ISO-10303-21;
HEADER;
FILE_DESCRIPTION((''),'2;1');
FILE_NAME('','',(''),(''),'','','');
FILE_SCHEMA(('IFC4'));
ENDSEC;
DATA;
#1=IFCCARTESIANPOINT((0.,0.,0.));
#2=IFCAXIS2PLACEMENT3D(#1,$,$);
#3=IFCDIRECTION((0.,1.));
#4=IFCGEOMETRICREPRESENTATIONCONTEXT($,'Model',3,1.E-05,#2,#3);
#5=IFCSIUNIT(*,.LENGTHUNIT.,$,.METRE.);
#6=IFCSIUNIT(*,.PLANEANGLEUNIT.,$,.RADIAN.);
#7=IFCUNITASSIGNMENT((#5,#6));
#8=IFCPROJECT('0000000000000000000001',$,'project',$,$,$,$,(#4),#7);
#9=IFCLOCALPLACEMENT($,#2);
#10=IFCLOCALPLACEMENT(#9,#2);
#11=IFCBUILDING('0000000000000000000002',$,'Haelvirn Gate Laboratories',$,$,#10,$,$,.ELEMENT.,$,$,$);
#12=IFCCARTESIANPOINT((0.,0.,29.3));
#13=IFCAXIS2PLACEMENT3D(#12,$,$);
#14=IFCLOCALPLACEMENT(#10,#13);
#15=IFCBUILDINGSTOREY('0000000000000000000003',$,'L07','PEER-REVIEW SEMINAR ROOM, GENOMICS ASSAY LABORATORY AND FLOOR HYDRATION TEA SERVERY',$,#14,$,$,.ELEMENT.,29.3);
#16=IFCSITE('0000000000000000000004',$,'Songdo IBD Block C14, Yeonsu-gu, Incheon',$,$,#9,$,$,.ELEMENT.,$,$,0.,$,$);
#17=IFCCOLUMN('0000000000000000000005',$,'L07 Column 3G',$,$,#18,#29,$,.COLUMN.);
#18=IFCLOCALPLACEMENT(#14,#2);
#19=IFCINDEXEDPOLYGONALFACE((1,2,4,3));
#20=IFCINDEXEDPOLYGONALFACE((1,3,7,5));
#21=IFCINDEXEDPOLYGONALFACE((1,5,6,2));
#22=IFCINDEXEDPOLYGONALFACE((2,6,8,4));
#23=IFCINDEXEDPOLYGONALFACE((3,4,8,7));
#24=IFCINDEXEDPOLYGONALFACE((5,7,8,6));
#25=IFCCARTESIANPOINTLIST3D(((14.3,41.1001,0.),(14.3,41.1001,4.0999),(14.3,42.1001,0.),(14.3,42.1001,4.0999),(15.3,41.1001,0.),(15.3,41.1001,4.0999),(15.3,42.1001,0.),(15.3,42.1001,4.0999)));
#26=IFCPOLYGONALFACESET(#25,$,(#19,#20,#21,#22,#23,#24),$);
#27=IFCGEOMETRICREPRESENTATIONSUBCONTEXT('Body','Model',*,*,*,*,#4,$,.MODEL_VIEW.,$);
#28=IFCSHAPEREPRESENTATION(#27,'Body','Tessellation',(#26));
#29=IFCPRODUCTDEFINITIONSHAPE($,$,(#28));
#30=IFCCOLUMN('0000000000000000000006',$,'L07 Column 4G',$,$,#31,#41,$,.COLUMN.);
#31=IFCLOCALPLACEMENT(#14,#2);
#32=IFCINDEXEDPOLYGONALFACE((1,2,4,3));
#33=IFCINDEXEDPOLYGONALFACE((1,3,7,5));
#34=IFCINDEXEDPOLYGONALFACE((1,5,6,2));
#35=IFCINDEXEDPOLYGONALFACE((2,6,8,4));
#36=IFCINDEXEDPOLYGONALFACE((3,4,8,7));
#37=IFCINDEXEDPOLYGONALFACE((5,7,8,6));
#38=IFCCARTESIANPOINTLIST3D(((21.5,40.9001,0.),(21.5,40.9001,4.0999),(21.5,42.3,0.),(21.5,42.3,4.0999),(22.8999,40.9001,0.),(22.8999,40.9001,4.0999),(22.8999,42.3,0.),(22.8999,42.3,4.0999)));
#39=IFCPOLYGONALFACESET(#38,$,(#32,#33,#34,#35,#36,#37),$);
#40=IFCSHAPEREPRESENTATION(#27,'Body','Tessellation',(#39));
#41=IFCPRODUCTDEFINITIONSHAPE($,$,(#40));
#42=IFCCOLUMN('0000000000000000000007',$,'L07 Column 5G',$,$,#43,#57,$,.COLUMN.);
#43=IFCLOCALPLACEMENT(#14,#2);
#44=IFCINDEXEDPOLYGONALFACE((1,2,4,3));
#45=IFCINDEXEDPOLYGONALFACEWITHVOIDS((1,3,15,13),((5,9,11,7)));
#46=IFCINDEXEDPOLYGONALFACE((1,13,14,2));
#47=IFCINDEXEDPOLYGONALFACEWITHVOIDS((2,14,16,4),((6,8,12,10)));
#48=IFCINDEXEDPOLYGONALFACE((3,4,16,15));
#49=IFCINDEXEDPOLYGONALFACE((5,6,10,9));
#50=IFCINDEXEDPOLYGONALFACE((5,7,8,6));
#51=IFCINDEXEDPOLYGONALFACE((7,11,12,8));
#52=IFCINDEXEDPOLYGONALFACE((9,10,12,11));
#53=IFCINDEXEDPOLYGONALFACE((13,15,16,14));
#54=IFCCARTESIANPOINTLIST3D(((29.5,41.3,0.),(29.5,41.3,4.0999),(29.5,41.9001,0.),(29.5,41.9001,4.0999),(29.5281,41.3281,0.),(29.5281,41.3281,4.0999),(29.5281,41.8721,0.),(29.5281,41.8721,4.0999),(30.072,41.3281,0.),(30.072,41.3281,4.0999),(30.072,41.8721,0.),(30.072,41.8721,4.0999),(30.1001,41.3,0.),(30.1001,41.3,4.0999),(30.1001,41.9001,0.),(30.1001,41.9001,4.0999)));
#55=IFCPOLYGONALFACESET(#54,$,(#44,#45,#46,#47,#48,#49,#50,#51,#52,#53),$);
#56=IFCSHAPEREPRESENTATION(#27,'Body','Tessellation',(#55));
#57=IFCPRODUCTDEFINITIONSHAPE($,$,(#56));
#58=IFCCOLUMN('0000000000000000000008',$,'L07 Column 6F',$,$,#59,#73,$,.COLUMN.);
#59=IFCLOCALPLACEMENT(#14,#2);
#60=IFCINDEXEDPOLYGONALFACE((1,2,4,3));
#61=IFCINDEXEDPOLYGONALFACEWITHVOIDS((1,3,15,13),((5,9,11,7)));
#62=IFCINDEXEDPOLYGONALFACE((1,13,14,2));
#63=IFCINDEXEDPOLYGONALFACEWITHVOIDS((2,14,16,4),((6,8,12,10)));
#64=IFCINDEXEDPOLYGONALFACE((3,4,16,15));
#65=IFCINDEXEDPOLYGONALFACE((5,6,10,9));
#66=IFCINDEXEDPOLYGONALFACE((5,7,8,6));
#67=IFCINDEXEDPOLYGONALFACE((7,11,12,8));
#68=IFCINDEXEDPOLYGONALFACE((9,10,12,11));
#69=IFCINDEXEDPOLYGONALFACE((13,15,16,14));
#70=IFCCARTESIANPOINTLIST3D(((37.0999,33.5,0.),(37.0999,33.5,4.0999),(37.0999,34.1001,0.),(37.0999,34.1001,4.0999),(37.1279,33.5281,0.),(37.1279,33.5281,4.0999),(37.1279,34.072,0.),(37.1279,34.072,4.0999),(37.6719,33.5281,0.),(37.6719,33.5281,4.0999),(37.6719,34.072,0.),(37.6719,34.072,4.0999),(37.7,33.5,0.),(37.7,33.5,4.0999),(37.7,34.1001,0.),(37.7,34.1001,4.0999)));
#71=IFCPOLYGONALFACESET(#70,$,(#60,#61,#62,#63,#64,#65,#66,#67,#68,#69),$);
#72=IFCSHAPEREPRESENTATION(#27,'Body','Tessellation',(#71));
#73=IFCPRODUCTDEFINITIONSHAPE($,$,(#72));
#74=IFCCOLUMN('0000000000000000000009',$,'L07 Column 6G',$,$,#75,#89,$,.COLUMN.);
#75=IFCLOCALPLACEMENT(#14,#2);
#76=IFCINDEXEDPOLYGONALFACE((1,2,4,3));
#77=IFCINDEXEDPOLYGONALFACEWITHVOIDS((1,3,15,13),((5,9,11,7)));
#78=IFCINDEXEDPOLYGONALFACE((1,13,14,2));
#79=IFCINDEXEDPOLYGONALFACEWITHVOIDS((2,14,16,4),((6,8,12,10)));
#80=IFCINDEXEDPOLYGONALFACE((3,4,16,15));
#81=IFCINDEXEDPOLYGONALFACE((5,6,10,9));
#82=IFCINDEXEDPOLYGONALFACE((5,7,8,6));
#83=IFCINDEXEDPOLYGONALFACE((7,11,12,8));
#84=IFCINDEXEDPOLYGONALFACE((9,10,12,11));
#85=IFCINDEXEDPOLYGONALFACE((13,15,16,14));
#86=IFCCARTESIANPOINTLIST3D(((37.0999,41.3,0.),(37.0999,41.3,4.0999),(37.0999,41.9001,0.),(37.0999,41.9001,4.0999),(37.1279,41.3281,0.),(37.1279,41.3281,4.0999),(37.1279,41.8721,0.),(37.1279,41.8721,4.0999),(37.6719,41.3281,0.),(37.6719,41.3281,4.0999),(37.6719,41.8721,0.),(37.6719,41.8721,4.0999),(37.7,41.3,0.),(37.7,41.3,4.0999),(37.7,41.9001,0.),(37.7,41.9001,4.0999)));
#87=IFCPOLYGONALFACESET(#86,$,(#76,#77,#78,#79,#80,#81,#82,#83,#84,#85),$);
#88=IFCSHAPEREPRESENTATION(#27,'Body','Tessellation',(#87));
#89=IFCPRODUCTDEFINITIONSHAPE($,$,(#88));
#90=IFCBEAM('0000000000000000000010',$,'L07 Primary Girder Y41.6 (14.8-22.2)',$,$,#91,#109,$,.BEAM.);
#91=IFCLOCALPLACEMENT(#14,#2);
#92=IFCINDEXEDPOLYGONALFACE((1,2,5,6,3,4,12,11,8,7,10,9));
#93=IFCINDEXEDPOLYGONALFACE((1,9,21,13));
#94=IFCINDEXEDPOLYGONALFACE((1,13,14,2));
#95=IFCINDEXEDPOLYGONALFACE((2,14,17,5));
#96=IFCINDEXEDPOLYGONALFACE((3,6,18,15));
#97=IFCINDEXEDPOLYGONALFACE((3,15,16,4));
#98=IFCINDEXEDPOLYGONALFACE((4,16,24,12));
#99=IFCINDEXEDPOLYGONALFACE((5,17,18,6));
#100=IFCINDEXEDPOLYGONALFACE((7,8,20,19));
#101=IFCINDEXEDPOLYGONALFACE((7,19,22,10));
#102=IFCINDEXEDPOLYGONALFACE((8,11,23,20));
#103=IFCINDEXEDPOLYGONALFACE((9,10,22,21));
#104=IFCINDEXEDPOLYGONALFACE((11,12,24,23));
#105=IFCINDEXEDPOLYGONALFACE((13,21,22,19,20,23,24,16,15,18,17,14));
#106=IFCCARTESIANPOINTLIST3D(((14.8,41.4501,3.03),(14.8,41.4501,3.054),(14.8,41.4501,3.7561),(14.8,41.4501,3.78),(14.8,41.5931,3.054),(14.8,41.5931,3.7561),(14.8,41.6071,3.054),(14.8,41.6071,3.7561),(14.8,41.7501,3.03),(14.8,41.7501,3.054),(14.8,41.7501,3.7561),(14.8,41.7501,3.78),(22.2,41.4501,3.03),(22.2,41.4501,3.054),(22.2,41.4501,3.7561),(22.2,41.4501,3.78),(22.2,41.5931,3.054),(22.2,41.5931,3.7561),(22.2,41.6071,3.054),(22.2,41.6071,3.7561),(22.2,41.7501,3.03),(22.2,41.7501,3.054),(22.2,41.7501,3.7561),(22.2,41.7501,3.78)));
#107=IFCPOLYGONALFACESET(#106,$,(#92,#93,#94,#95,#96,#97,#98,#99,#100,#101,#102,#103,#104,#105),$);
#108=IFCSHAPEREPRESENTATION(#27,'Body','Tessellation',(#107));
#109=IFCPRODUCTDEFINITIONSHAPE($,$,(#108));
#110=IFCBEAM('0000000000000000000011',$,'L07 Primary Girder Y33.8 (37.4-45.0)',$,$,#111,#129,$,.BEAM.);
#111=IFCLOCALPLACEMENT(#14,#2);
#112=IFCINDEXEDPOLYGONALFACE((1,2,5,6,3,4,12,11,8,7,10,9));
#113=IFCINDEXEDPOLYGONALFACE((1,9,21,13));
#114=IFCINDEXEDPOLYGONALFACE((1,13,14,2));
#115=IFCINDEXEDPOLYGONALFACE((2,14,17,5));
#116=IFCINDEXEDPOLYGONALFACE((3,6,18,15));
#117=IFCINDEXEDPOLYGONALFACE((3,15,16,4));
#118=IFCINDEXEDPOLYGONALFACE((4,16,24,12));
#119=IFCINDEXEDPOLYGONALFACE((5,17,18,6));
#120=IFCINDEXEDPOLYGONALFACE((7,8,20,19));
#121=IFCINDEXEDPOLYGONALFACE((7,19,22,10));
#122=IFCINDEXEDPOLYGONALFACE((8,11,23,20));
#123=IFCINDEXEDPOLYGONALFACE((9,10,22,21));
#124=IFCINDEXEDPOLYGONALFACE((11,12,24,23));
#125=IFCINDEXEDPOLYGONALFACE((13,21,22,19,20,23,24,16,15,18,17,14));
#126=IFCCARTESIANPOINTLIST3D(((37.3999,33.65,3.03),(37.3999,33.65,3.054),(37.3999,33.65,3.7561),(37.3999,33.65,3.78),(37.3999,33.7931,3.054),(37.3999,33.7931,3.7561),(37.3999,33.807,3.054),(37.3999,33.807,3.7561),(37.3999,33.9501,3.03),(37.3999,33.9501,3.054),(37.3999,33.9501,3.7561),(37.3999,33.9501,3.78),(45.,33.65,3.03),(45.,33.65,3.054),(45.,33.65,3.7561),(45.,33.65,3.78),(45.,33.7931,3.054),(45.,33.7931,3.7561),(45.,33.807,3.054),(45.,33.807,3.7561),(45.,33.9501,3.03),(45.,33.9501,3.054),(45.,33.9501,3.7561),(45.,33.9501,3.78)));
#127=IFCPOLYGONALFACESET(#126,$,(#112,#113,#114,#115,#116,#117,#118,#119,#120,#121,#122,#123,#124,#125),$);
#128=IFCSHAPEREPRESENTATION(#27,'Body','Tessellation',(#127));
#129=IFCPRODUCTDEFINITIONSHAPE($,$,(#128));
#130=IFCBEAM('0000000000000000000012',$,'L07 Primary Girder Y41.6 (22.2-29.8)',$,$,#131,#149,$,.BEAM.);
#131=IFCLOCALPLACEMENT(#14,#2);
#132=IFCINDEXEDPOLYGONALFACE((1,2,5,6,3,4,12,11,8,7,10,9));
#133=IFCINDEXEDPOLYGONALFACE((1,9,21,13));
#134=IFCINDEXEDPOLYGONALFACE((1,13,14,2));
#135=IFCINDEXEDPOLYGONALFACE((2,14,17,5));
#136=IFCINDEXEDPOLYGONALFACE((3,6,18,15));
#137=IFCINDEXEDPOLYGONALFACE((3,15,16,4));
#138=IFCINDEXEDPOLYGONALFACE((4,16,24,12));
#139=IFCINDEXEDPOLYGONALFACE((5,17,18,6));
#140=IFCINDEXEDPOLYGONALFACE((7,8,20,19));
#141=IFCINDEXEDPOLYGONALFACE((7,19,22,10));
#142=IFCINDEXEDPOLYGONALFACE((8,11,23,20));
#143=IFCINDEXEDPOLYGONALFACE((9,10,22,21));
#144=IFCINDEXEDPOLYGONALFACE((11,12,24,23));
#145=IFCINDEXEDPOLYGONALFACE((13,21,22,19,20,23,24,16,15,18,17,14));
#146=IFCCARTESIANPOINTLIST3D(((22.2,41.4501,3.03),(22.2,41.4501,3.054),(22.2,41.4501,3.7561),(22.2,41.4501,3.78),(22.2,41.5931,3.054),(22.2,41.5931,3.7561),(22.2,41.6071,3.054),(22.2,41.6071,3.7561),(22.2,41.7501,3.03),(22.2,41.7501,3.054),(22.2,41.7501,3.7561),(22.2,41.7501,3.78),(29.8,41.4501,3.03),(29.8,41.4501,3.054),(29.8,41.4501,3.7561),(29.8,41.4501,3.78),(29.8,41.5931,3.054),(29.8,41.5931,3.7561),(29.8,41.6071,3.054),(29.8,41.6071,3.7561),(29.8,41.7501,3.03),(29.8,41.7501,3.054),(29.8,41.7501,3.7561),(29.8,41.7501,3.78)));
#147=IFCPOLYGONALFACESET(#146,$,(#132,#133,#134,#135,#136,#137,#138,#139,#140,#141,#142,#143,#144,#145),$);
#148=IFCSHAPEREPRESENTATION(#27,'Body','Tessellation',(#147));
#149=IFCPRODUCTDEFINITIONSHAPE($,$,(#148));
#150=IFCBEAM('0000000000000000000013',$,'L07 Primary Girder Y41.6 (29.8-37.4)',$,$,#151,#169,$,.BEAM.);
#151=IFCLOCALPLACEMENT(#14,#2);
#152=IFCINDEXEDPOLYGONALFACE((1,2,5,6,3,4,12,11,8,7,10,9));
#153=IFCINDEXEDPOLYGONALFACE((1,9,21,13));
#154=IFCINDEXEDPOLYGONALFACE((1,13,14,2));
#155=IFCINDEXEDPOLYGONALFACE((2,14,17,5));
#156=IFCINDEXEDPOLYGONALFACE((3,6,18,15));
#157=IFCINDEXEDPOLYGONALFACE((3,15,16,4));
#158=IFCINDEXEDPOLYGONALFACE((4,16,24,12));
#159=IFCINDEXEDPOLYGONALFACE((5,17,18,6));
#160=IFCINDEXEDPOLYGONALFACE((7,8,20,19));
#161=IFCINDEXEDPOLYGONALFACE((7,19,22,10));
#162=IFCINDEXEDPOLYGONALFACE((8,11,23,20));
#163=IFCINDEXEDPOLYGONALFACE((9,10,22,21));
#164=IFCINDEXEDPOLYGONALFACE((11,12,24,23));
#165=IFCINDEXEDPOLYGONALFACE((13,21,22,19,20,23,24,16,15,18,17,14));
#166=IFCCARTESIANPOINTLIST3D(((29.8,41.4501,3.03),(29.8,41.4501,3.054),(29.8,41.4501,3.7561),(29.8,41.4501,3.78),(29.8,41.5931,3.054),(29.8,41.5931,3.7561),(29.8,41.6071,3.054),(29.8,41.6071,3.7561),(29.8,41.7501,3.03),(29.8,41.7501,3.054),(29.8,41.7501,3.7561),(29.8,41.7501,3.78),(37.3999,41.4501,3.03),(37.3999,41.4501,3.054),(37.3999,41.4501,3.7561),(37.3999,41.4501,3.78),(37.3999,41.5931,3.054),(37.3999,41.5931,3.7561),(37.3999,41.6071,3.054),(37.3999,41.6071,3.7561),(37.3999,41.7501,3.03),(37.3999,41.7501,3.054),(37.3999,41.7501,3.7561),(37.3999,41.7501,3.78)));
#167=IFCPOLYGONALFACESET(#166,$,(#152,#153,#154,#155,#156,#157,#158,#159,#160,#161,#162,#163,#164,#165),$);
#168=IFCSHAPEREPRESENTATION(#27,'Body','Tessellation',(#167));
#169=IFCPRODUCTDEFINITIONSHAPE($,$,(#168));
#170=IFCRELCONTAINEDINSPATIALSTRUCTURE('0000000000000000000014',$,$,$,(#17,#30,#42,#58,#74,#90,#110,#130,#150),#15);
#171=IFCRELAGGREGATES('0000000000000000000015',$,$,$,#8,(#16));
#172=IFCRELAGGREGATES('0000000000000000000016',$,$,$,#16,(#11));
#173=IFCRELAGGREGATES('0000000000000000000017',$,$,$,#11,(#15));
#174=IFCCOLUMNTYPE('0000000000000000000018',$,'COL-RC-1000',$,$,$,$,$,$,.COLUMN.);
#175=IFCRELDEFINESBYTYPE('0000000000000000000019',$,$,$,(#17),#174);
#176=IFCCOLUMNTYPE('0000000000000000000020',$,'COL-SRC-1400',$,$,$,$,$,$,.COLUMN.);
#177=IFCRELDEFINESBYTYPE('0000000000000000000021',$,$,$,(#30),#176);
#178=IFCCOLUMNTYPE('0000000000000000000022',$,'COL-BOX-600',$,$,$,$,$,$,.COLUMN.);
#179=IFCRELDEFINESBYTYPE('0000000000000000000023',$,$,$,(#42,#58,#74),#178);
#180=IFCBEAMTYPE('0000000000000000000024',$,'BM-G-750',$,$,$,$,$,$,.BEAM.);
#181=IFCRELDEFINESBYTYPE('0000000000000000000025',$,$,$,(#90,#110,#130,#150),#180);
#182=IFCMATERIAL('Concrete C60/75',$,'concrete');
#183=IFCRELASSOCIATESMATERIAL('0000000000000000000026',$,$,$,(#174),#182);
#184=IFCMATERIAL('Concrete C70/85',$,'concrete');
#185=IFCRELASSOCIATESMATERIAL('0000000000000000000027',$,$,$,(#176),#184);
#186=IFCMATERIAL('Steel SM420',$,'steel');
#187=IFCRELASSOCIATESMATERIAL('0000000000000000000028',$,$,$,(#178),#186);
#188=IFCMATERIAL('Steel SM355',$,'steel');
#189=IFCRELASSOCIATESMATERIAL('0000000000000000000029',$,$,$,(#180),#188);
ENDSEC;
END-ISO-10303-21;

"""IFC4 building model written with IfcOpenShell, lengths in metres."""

from ifc_helpers import new_model, si_unit, direction, frame, origin, origin_2d, place, context, subcontext, project, spatial, rectangle, hollow_rectangle, i_section, extrude, source, transform, mapped, material, material_profile, profile_set, type_object, type_shapes, element, save


model = new_model("IFC4")

# Units and contexts
model_context = context("Model", 3, precision=1e-05, world=origin(), true_north=direction((0.0, 1.0)))
body_context = subcontext(model_context, "Body", "Model", "MODEL_VIEW")
ifc_project = project(units=[si_unit("LENGTHUNIT", "METRE"), si_unit("PLANEANGLEUNIT", "RADIAN")], contexts=[model_context])

# Site, building, storey
site_placement = place(None, origin())
site = spatial("IfcSite", under=ifc_project, at=site_placement, Name="Songdo IBD Block C14, Yeonsu-gu, Incheon", CompositionType="ELEMENT", RefElevation=0.0)
building_placement = place(site_placement, origin())
building = spatial("IfcBuilding", under=site, at=building_placement, Name="Haelvirn Gate Laboratories", CompositionType="ELEMENT")
storey_placement = place(building_placement, frame((0.0, 0.0, 29.3)))
storey = spatial("IfcBuildingStorey", under=building, at=storey_placement, Name="L07", Description="PEER-REVIEW SEMINAR ROOM, GENOMICS ASSAY LABORATORY AND FLOOR HYDRATION TEA SERVERY", CompositionType="ELEMENT", Elevation=29.3)

# Columns
ifc_material_1 = material(Name="Concrete C60/75", Category="concrete")
ifc_material_profile_1 = material_profile(ifc_material_1, rectangle(XDim=1.0, YDim=1.0, at=origin_2d()), Name="RC-1000x1000")
ifc_profile_set_1 = profile_set([ifc_material_profile_1], Name="Concrete C60/75")
column_type_1 = type_object("IfcColumnType", Name="COL-RC-1000", PredefinedType="COLUMN", material=ifc_profile_set_1)
shared_shape_1 = source(origin(), body_context, "Body", "SweptSolid", [
    extrude(rectangle(XDim=1.0, YDim=1.0, at=origin_2d()), origin(), (0.0, 0.0, 1.0), 4.0999),
])
type_shapes(column_type_1, [shared_shape_1])
column_1_placement = place(storey_placement, frame((14.8, 41.6001, 0.0), z_axis=(0.0, 0.0, 1.0), x_axis=(1.0, 0.0, 0.0)))
element("IfcColumn", 1, at=column_1_placement, inside=storey, type_object=column_type_1, Name="L07 Column 3G", PredefinedType="COLUMN", context=body_context, shape_type="MappedRepresentation", body=[
    mapped(shared_shape_1, transform((0.0, 0.0, 0.0), scale=1.0)),
])
ifc_material_2 = material(Name="Concrete C70/85", Category="concrete")
ifc_material_profile_2 = material_profile(ifc_material_2, rectangle(XDim=1.3999, YDim=1.3999, at=origin_2d()), Name="SRC-1400x1400")
ifc_profile_set_2 = profile_set([ifc_material_profile_2], Name="Concrete C70/85")
column_type_2 = type_object("IfcColumnType", Name="COL-SRC-1400", PredefinedType="COLUMN", material=ifc_profile_set_2)
shared_shape_2 = source(origin(), body_context, "Body", "SweptSolid", [
    extrude(rectangle(XDim=1.3999, YDim=1.3999, at=origin_2d()), origin(), (0.0, 0.0, 1.0), 4.0999),
])
type_shapes(column_type_2, [shared_shape_2])
column_2_placement = place(storey_placement, frame((22.2, 41.6001, 0.0), z_axis=(0.0, 0.0, 1.0), x_axis=(1.0, 0.0, 0.0)))
element("IfcColumn", 2, at=column_2_placement, inside=storey, type_object=column_type_2, Name="L07 Column 4G", PredefinedType="COLUMN", context=body_context, shape_type="MappedRepresentation", body=[
    mapped(shared_shape_2, transform((0.0, 0.0, 0.0), scale=1.0)),
])
ifc_material_3 = material(Name="Steel SM420", Category="steel")
ifc_material_profile_3 = material_profile(ifc_material_3, hollow_rectangle(XDim=0.6001, YDim=0.6001, WallThickness=0.0281, at=origin_2d()), Name="BOX-600x600x28")
ifc_profile_set_3 = profile_set([ifc_material_profile_3], Name="Steel SM420")
column_type_3 = type_object("IfcColumnType", Name="COL-BOX-600", PredefinedType="COLUMN", material=ifc_profile_set_3)
shared_shape_3 = source(origin(), body_context, "Body", "SweptSolid", [
    extrude(hollow_rectangle(XDim=0.6001, YDim=0.6001, WallThickness=0.0281, at=origin_2d()), origin(), (0.0, 0.0, 1.0), 4.0999),
])
type_shapes(column_type_3, [shared_shape_3])
for number, where, z_axis, x_axis, name in (
    (3, (29.8, 41.6001, 0.0), (0.0, 0.0, 1.0), (1.0, 0.0, 0.0), "L07 Column 5G"),
    (4, (37.3999, 33.8, 0.0), (0.0, 0.0, 1.0), (1.0, 0.0, 0.0), "L07 Column 6F"),
    (5, (37.3999, 41.6001, 0.0), (0.0, 0.0, 1.0), (1.0, 0.0, 0.0), "L07 Column 6G"),
):
    element("IfcColumn", number, at=place(storey_placement, frame(where, z_axis=z_axis, x_axis=x_axis)), inside=storey, type_object=column_type_3, Name=name, PredefinedType="COLUMN", context=body_context, shape_type="MappedRepresentation", body=[
        mapped(shared_shape_3, transform((0.0, 0.0, 0.0), scale=1.0)),
    ])

# Beams
ifc_material_4 = material(Name="Steel SM355", Category="steel")
ifc_material_profile_4 = material_profile(ifc_material_4, i_section(OverallWidth=0.3, OverallDepth=0.75, WebThickness=0.0139, FlangeThickness=0.0239, at=origin_2d()), Name="H-750x300x14x24")
ifc_profile_set_4 = profile_set([ifc_material_profile_4], Name="Steel SM355")
beam_type_1 = type_object("IfcBeamType", Name="BM-G-750", PredefinedType="BEAM", material=ifc_profile_set_4)
shared_shape_4 = source(origin(), body_context, "Body", "SweptSolid", [
    extrude(i_section(OverallWidth=0.3, OverallDepth=0.75, WebThickness=0.0139, FlangeThickness=0.0239, at=origin_2d()), origin(), (0.0, 0.0, 1.0), 7.3999),
])
beam_1_placement = place(storey_placement, frame((14.8, 41.6001, 3.405), z_axis=(1.0, 0.0, 0.0), x_axis=(0.0, 1.0, 0.0)))
element("IfcBeam", 6, at=beam_1_placement, inside=storey, type_object=beam_type_1, Name="L07 Primary Girder Y41.6 (14.8-22.2)", PredefinedType="BEAM", context=body_context, shape_type="MappedRepresentation", body=[
    mapped(shared_shape_4, transform((0.0, 0.0, 0.0), scale=1.0)),
])
shared_shape_5 = source(origin(), body_context, "Body", "SweptSolid", [
    extrude(i_section(OverallWidth=0.3, OverallDepth=0.75, WebThickness=0.0139, FlangeThickness=0.0239, at=origin_2d()), origin(), (0.0, 0.0, 1.0), 7.6001),
])
for number, where, z_axis, x_axis, name in (
    (7, (37.3999, 33.8, 3.405), (1.0, 0.0, 0.0), (0.0, 1.0, 0.0), "L07 Primary Girder Y33.8 (37.4-45.0)"),
    (8, (22.2, 41.6001, 3.405), (1.0, 0.0, 0.0), (0.0, 1.0, 0.0), "L07 Primary Girder Y41.6 (22.2-29.8)"),
):
    element("IfcBeam", number, at=place(storey_placement, frame(where, z_axis=z_axis, x_axis=x_axis)), inside=storey, type_object=beam_type_1, Name=name, PredefinedType="BEAM", context=body_context, shape_type="MappedRepresentation", body=[
        mapped(shared_shape_5, transform((0.0, 0.0, 0.0), scale=1.0)),
    ])
shared_shape_6 = source(origin(), body_context, "Body", "SweptSolid", [
    extrude(i_section(OverallWidth=0.3, OverallDepth=0.75, WebThickness=0.0139, FlangeThickness=0.0239, at=origin_2d()), origin(), (0.0, 0.0, 1.0), 7.5999),
])
type_shapes(beam_type_1, [shared_shape_4, shared_shape_5, shared_shape_6])
beam_2_placement = place(storey_placement, frame((29.8, 41.6001, 3.405), z_axis=(1.0, 0.0, 0.0), x_axis=(0.0, 1.0, 0.0)))
element("IfcBeam", 9, at=beam_2_placement, inside=storey, type_object=beam_type_1, Name="L07 Primary Girder Y41.6 (29.8-37.4)", PredefinedType="BEAM", context=body_context, shape_type="MappedRepresentation", body=[
    mapped(shared_shape_6, transform((0.0, 0.0, 0.0), scale=1.0)),
])

save(model, "model.ifc")
